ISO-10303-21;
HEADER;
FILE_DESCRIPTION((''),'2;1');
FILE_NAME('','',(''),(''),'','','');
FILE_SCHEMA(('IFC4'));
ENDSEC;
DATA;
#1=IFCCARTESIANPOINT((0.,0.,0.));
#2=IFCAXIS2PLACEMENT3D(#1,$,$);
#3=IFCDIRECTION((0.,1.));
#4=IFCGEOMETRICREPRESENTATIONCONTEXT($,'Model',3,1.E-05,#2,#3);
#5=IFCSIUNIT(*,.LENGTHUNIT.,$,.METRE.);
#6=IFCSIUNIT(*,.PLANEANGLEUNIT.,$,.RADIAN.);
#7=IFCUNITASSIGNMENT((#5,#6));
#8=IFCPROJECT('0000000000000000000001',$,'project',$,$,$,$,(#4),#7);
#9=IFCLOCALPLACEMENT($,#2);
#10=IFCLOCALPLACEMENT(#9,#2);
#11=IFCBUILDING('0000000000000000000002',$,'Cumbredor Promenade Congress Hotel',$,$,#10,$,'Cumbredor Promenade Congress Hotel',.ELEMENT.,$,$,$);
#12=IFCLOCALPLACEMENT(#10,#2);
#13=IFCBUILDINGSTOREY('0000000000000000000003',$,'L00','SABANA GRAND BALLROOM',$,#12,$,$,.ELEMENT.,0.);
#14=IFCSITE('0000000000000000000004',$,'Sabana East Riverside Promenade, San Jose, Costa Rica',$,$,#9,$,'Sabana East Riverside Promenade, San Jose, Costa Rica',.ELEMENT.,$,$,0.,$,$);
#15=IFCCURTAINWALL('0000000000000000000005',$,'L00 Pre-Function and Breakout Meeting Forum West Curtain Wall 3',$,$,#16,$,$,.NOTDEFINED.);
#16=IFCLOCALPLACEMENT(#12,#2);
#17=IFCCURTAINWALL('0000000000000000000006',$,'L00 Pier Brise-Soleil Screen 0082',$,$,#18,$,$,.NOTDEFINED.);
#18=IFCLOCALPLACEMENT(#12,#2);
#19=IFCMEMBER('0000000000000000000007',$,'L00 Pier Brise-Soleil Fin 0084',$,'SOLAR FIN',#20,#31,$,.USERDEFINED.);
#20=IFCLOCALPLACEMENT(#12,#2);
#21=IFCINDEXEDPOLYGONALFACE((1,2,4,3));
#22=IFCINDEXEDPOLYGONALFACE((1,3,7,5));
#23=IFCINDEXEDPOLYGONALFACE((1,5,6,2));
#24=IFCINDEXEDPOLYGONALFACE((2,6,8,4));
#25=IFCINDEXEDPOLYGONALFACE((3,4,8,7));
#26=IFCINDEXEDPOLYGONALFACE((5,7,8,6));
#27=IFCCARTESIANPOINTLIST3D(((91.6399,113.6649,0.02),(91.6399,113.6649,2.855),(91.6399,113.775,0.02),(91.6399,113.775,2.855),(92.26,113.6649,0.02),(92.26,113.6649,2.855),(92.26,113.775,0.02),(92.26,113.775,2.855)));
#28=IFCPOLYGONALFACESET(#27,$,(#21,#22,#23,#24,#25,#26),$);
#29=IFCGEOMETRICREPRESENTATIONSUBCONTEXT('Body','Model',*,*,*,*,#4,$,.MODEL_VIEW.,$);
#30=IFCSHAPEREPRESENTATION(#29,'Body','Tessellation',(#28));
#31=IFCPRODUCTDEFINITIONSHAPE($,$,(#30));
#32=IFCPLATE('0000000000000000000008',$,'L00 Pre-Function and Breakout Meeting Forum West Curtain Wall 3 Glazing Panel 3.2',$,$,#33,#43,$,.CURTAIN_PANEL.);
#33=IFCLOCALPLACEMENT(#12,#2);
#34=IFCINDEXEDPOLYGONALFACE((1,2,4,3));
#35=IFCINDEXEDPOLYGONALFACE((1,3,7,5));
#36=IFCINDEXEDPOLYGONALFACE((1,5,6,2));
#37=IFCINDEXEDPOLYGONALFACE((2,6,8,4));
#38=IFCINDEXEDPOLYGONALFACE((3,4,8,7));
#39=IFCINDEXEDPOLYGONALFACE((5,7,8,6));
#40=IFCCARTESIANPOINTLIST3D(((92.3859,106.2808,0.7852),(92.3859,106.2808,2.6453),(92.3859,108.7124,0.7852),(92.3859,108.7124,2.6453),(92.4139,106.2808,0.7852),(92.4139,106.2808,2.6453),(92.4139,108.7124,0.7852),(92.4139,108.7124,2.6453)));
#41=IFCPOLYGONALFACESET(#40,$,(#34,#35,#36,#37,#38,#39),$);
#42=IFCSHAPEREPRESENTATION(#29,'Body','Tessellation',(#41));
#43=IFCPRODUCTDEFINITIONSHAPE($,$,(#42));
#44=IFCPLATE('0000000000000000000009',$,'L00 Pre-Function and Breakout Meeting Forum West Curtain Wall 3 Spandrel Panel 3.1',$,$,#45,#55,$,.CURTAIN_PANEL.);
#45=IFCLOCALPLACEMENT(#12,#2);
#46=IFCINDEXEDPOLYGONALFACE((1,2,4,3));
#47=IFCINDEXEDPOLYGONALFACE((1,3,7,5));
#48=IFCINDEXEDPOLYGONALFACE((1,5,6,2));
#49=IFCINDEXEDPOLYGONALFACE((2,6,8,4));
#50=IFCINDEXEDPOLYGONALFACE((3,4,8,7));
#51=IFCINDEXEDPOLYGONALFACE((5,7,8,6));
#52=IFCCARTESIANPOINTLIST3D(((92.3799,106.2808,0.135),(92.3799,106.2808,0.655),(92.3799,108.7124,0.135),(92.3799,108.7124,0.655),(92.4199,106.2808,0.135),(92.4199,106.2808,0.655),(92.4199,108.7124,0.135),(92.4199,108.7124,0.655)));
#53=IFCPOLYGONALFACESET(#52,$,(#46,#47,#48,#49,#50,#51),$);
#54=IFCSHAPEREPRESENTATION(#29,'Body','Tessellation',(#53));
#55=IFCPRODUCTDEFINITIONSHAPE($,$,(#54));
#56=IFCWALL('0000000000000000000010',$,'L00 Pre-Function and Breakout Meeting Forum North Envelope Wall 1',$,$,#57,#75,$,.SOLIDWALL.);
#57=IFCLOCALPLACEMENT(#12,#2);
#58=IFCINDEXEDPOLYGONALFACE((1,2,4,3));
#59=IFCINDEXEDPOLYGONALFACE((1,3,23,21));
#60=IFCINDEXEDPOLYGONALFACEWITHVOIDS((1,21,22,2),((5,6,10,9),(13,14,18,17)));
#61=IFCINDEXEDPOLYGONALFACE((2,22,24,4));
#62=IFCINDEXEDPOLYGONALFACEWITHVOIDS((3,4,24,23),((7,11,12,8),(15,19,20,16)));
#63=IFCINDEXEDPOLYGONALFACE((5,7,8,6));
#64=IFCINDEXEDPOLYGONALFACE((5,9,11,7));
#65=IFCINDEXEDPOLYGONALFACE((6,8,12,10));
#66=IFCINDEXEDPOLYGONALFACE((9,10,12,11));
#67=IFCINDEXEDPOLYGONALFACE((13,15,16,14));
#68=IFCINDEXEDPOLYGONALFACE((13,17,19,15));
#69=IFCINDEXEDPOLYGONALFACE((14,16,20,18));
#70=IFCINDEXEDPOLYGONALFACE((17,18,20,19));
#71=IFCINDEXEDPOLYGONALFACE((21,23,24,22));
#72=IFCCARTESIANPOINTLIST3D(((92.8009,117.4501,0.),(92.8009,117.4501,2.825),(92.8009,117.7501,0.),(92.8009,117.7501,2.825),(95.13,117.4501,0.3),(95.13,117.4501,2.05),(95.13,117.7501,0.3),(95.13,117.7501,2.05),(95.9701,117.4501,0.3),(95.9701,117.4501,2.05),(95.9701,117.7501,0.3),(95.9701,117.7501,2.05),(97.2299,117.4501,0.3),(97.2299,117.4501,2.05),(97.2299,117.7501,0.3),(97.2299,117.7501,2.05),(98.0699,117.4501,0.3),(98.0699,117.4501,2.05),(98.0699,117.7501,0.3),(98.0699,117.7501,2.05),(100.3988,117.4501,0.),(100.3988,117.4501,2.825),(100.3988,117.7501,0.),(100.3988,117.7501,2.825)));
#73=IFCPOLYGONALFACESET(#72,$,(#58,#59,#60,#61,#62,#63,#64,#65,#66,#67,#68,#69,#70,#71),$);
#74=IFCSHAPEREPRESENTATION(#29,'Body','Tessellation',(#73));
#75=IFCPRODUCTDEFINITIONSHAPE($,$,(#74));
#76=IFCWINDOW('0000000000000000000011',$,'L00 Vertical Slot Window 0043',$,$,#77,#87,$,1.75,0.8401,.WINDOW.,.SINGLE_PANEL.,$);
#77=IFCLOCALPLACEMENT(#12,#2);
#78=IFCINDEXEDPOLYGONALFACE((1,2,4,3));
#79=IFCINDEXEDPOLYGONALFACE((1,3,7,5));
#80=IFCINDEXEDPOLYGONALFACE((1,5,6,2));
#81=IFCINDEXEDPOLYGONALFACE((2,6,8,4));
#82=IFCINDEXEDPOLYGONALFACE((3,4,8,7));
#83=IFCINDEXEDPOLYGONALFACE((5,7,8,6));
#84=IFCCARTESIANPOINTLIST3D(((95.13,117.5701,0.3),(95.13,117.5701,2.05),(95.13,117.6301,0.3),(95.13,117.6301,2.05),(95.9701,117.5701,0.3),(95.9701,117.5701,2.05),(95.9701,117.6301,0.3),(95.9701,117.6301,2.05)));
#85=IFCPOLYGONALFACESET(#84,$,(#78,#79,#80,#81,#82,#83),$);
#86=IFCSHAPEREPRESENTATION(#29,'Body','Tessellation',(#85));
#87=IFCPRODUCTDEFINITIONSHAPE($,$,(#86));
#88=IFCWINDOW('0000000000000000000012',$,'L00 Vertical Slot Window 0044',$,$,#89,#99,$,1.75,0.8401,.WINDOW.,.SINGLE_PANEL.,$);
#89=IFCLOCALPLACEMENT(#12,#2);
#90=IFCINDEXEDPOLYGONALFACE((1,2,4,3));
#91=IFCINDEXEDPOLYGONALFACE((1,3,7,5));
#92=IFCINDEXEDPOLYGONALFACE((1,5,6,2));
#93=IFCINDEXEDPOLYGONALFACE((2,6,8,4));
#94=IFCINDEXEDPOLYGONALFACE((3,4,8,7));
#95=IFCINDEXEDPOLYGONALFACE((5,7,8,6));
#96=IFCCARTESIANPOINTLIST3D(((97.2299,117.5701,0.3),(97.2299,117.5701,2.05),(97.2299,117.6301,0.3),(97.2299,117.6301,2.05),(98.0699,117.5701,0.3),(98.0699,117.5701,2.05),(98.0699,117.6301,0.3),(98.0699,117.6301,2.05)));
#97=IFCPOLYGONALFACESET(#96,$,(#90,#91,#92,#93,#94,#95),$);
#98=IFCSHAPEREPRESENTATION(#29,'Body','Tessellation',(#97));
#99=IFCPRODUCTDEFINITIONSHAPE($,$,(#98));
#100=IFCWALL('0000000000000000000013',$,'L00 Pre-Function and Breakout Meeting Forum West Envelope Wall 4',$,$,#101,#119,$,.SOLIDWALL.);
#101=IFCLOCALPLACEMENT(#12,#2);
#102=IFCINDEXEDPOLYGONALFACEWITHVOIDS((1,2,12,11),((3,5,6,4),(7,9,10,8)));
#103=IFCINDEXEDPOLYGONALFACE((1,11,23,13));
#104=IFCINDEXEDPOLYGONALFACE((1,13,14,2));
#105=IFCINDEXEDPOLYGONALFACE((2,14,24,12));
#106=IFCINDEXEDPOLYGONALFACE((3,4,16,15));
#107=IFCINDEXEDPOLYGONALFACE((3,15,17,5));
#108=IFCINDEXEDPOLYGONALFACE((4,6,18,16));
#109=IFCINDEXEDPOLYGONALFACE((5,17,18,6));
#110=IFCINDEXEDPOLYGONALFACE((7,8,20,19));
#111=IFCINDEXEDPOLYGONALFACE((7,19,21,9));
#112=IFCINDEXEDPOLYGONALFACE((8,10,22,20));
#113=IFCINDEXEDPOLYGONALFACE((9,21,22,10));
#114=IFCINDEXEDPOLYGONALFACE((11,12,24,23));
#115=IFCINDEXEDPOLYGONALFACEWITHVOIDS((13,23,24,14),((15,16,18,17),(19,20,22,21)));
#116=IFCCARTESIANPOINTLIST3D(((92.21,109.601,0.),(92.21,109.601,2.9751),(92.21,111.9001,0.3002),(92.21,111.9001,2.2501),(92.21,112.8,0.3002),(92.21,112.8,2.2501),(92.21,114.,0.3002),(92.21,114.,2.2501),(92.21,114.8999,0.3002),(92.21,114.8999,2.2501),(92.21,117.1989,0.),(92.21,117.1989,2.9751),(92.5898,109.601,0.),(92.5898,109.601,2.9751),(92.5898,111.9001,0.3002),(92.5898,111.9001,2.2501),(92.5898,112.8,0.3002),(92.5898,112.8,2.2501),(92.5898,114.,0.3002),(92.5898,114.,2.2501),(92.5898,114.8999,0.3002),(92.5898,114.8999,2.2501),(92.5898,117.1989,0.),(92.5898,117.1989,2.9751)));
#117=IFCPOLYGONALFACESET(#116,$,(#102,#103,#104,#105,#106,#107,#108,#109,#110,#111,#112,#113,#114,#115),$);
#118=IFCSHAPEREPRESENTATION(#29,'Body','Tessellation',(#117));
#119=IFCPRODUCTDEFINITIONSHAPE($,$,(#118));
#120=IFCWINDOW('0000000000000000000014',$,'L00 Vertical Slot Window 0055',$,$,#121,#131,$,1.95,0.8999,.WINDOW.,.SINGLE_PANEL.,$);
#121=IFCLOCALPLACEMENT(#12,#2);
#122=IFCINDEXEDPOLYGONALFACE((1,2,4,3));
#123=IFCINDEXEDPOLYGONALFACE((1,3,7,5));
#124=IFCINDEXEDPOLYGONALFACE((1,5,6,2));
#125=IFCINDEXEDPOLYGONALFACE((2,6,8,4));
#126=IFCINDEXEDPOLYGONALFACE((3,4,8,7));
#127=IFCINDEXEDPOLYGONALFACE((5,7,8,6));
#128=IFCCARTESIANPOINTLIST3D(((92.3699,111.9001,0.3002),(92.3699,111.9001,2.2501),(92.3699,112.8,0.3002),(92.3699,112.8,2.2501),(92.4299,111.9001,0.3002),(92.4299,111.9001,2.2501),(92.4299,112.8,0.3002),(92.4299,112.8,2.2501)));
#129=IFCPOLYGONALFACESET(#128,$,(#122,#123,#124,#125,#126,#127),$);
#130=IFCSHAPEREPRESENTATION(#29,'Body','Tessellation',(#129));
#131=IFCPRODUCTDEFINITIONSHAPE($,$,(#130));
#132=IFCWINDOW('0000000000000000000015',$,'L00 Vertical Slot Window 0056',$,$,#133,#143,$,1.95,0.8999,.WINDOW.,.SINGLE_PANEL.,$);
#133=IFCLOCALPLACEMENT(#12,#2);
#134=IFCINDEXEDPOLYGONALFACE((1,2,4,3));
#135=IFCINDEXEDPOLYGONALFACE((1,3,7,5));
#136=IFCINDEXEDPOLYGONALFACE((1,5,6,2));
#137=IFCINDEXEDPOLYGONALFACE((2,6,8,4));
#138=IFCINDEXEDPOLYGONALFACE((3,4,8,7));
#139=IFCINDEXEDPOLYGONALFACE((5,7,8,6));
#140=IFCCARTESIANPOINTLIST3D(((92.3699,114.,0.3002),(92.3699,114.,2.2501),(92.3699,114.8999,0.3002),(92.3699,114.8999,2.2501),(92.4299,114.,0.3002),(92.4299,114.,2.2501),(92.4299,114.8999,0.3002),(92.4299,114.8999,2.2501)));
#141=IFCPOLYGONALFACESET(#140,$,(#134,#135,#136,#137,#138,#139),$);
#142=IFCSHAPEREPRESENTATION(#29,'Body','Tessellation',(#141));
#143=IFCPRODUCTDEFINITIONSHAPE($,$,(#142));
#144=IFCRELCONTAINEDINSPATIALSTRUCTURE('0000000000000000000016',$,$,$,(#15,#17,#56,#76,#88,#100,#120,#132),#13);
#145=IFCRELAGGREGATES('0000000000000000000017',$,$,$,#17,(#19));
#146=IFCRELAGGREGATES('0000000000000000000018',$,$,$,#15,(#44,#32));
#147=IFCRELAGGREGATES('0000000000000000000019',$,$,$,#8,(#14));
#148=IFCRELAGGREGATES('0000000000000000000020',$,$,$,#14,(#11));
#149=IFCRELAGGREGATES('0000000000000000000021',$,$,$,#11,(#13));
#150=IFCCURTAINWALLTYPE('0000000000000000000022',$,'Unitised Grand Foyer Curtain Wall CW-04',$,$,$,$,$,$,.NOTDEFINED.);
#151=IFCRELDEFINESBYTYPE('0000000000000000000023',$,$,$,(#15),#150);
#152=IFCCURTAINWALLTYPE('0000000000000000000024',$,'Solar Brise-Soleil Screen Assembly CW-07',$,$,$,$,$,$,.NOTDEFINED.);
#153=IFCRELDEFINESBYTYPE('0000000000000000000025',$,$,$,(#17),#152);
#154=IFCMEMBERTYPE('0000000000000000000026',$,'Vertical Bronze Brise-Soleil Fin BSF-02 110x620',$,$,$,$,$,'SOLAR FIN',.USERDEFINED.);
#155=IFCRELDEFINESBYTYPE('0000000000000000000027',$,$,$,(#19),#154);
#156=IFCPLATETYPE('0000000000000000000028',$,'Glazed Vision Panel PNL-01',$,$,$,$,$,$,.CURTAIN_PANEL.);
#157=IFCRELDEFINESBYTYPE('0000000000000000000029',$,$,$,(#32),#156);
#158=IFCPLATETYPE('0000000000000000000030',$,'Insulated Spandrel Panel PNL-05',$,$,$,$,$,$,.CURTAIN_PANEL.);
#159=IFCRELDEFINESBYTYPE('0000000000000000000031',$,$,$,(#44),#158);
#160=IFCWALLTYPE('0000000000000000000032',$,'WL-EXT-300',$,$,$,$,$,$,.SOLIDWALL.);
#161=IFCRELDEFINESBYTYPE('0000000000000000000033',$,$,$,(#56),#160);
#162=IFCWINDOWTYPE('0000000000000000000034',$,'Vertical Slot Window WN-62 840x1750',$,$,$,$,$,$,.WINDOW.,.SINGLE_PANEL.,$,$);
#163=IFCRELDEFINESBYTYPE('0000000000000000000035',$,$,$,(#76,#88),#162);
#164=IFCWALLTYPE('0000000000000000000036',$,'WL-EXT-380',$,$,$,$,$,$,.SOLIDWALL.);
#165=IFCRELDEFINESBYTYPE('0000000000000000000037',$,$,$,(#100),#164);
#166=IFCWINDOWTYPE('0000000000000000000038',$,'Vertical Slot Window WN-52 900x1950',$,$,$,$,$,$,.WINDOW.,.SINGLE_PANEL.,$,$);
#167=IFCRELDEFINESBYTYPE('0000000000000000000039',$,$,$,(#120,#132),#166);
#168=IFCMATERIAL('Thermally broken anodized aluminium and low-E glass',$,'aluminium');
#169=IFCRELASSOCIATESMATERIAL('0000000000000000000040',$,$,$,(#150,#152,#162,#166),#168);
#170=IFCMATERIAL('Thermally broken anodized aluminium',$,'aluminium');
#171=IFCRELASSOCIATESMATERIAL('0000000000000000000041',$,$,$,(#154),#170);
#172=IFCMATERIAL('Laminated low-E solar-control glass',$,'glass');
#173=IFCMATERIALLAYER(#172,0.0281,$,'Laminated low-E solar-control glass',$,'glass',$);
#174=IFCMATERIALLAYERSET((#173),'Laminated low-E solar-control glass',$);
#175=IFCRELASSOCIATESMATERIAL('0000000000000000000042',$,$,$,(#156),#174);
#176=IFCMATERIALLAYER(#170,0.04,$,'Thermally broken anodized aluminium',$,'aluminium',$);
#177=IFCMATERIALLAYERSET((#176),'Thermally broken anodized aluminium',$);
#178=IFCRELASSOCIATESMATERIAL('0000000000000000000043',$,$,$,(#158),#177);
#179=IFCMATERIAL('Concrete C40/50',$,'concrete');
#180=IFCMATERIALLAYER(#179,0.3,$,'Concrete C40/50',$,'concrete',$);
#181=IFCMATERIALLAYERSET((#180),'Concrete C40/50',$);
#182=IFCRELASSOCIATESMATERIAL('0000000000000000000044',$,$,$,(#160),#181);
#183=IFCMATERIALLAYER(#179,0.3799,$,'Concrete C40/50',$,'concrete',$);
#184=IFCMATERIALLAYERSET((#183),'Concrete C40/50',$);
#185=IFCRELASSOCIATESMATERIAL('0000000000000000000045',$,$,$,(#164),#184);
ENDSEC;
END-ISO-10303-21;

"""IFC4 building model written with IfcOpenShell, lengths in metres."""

from ifc_helpers import new_model, si_unit, direction, frame, frame_2d, origin, origin_2d, place, context, subcontext, project, spatial, rectangle, extrude, material, layer, layer_set, material_profile, profile_set, type_object, element, fill, aggregate, save


model = new_model("IFC4")

# Units and contexts
model_context = context("Model", 3, precision=1e-05, world=origin(), true_north=direction((0.0, 1.0)))
body_context = subcontext(model_context, "Body", "Model", "MODEL_VIEW")
ifc_project = project(units=[si_unit("LENGTHUNIT", "METRE"), si_unit("PLANEANGLEUNIT", "RADIAN")], contexts=[model_context])

# Site, building, storey
site_placement = place(None, origin())
site = spatial("IfcSite", under=ifc_project, at=site_placement, Name="Sabana East Riverside Promenade, San Jose, Costa Rica", LongName="Sabana East Riverside Promenade, San Jose, Costa Rica", CompositionType="ELEMENT", RefElevation=0.0)
building_placement = place(site_placement, origin())
building = spatial("IfcBuilding", under=site, at=building_placement, Name="Cumbredor Promenade Congress Hotel", LongName="Cumbredor Promenade Congress Hotel", CompositionType="ELEMENT")
storey_placement = place(building_placement, origin())
storey = spatial("IfcBuildingStorey", under=building, at=storey_placement, Name="L00", Description="SABANA GRAND BALLROOM", CompositionType="ELEMENT", Elevation=0.0)

# Shared definitions
ifc_material_1 = material(Name="Concrete C40/50", Category="concrete")

# Curtain wall
ifc_material_2 = material(Name="Thermally broken anodized aluminium and low-E glass", Category="aluminium")
curtain_wall_type_1 = type_object("IfcCurtainWallType", Name="Unitised Grand Foyer Curtain Wall CW-04", PredefinedType="NOTDEFINED", material=ifc_material_2)
curtain_wall_1_placement = place(storey_placement, origin())
curtain_wall_1 = element("IfcCurtainWall", 1, at=curtain_wall_1_placement, inside=storey, type_object=curtain_wall_type_1, Name="L00 Pre-Function and Breakout Meeting Forum West Curtain Wall 3", PredefinedType="NOTDEFINED")
ifc_material_3 = material(Name="Thermally broken anodized aluminium", Category="aluminium")

# Curtain wall
curtain_wall_type_2 = type_object("IfcCurtainWallType", Name="Solar Brise-Soleil Screen Assembly CW-07", PredefinedType="NOTDEFINED", material=ifc_material_2)
curtain_wall_2_placement = place(storey_placement, origin())
curtain_wall_2 = element("IfcCurtainWall", 2, at=curtain_wall_2_placement, inside=storey, type_object=curtain_wall_type_2, Name="L00 Pier Brise-Soleil Screen 0082", PredefinedType="NOTDEFINED")

# Member
ifc_material_profile_1 = material_profile(ifc_material_3, rectangle(XDim=0.1101, YDim=0.6201, at=origin_2d()), Name="ARCH FIN 110x620")
ifc_profile_set_1 = profile_set([ifc_material_profile_1], Name="Thermally broken anodized aluminium")
member_type_1 = type_object("IfcMemberType", Name="Vertical Bronze Brise-Soleil Fin BSF-02 110x620", ElementType="SOLAR FIN", PredefinedType="USERDEFINED", material=ifc_profile_set_1)
member_1_placement = place(storey_placement, frame((91.95, 113.72, 0.02), z_axis=(0.0, 0.0, 1.0), x_axis=(0.0, 1.0, 0.0)))
member_1 = element("IfcMember", 3, at=member_1_placement, type_object=member_type_1, Name="L00 Pier Brise-Soleil Fin 0084", ObjectType="SOLAR FIN", PredefinedType="USERDEFINED", context=body_context, shape_type="SweptSolid", body=[
    extrude(rectangle(XDim=0.1101, YDim=0.6201, at=origin_2d()), origin(), (0.0, 0.0, 1.0), 2.835),
])
aggregate(curtain_wall_2, [member_1])

# Plates
ifc_material_4 = material(Name="Laminated low-E solar-control glass", Category="glass")
ifc_layer_1 = layer(ifc_material_4, 0.0281, Name="Laminated low-E solar-control glass", Category="glass")
ifc_layer_set_1 = layer_set([ifc_layer_1], Name="Laminated low-E solar-control glass")
plate_type_1 = type_object("IfcPlateType", Name="Glazed Vision Panel PNL-01", PredefinedType="CURTAIN_PANEL", material=ifc_layer_set_1)
plate_1_placement = place(storey_placement, frame((92.3999, 107.4966, 0.7852), z_axis=(0.0, 0.0, 1.0), x_axis=(0.0, 1.0, 0.0)))
plate_1 = element("IfcPlate", 4, at=plate_1_placement, type_object=plate_type_1, Name="L00 Pre-Function and Breakout Meeting Forum West Curtain Wall 3 Glazing Panel 3.2", PredefinedType="CURTAIN_PANEL", context=body_context, shape_type="SweptSolid", body=[
    extrude(rectangle(XDim=2.4316, YDim=0.0281, at=origin_2d()), origin(), (0.0, 0.0, 1.0), 1.8601),
])
ifc_layer_2 = layer(ifc_material_3, 0.04, Name="Thermally broken anodized aluminium", Category="aluminium")
ifc_layer_set_2 = layer_set([ifc_layer_2], Name="Thermally broken anodized aluminium")
plate_type_2 = type_object("IfcPlateType", Name="Insulated Spandrel Panel PNL-05", PredefinedType="CURTAIN_PANEL", material=ifc_layer_set_2)
plate_2_placement = place(storey_placement, frame((92.3999, 107.4966, 0.135), z_axis=(0.0, 0.0, 1.0), x_axis=(0.0, 1.0, 0.0)))
plate_2 = element("IfcPlate", 5, at=plate_2_placement, type_object=plate_type_2, Name="L00 Pre-Function and Breakout Meeting Forum West Curtain Wall 3 Spandrel Panel 3.1", PredefinedType="CURTAIN_PANEL", context=body_context, shape_type="SweptSolid", body=[
    extrude(rectangle(XDim=2.4316, YDim=0.04, at=origin_2d()), origin(), (0.0, 0.0, 1.0), 0.52),
])
aggregate(curtain_wall_1, [plate_2, plate_1])

# Walls, openings, windows
ifc_layer_3 = layer(ifc_material_1, 0.3, Name="Concrete C40/50", Category="concrete")
ifc_layer_set_3 = layer_set([ifc_layer_3], Name="Concrete C40/50")
wall_type_1 = type_object("IfcWallType", Name="WL-EXT-300", PredefinedType="SOLIDWALL", material=ifc_layer_set_3)
wall_1_placement = place(storey_placement, frame((92.801, 117.6001, 0.0), z_axis=(0.0, 0.0, 1.0), x_axis=(1.0, 0.0, 0.0)))
wall_1 = element("IfcWall", 6, at=wall_1_placement, inside=storey, type_object=wall_type_1, Name="L00 Pre-Function and Breakout Meeting Forum North Envelope Wall 1", PredefinedType="SOLIDWALL", context=body_context, shape_type="SweptSolid", body=[
    extrude(rectangle(XDim=7.5979, YDim=0.3, at=frame_2d((3.7988, 0.0))), origin(), (0.0, 0.0, 1.0), 2.825),
])
opening_1_placement = place(wall_1_placement, frame((2.3291, 0.0, 0.3)))
opening_1 = element("IfcOpeningElement", 7, at=opening_1_placement, cuts=wall_1, PredefinedType="OPENING", context=body_context, shape_type="SweptSolid", body=[
    extrude(rectangle(XDim=0.8401, YDim=1.75, at=frame_2d((0.4199, 0.875))), frame((0.0, 0.1602, 0.0), z_axis=(0.0, -1.0, 0.0), x_axis=(1.0, 0.0, 0.0)), (0.0, 0.0, 1.0), 0.3201),
])
opening_2_placement = place(wall_1_placement, frame((4.429, 0.0, 0.3)))
opening_2 = element("IfcOpeningElement", 8, at=opening_2_placement, cuts=wall_1, PredefinedType="OPENING", context=body_context, shape_type="SweptSolid", body=[
    extrude(rectangle(XDim=0.8401, YDim=1.75, at=frame_2d((0.4199, 0.875))), frame((0.0, 0.1602, 0.0), z_axis=(0.0, -1.0, 0.0), x_axis=(1.0, 0.0, 0.0)), (0.0, 0.0, 1.0), 0.3201),
])
window_type_1 = type_object("IfcWindowType", Name="Vertical Slot Window WN-62 840x1750", PartitioningType="SINGLE_PANEL", PredefinedType="WINDOW", material=ifc_material_2)
window_1_placement = place(opening_1_placement, origin())
window_1 = element("IfcWindow", 9, at=window_1_placement, inside=storey, type_object=window_type_1, Name="L00 Vertical Slot Window 0043", OverallHeight=1.75, OverallWidth=0.8401, PartitioningType="SINGLE_PANEL", PredefinedType="WINDOW", context=body_context, shape_type="SweptSolid", body=[
    extrude(rectangle(XDim=0.8401, YDim=1.75, at=frame_2d((0.4199, 0.875))), frame((0.0, 0.03, 0.0), z_axis=(0.0, -1.0, 0.0), x_axis=(1.0, 0.0, 0.0)), (0.0, 0.0, 1.0), 0.0601),
])
fill(opening_1, window_1)
window_2_placement = place(opening_2_placement, origin())
window_2 = element("IfcWindow", 10, at=window_2_placement, inside=storey, type_object=window_type_1, Name="L00 Vertical Slot Window 0044", OverallHeight=1.75, OverallWidth=0.8401, PartitioningType="SINGLE_PANEL", PredefinedType="WINDOW", context=body_context, shape_type="SweptSolid", body=[
    extrude(rectangle(XDim=0.8401, YDim=1.75, at=frame_2d((0.4199, 0.875))), frame((0.0, 0.03, 0.0), z_axis=(0.0, -1.0, 0.0), x_axis=(1.0, 0.0, 0.0)), (0.0, 0.0, 1.0), 0.0601),
])
fill(opening_2, window_2)
ifc_layer_4 = layer(ifc_material_1, 0.3799, Name="Concrete C40/50", Category="concrete")
ifc_layer_set_4 = layer_set([ifc_layer_4], Name="Concrete C40/50")
wall_type_2 = type_object("IfcWallType", Name="WL-EXT-380", PredefinedType="SOLIDWALL", material=ifc_layer_set_4)
wall_2_placement = place(storey_placement, frame((92.3999, 109.6011, 0.0), z_axis=(0.0, 0.0, 1.0), x_axis=(0.0, 1.0, 0.0)))
wall_2 = element("IfcWall", 11, at=wall_2_placement, inside=storey, type_object=wall_type_2, Name="L00 Pre-Function and Breakout Meeting Forum West Envelope Wall 4", PredefinedType="SOLIDWALL", context=body_context, shape_type="SweptSolid", body=[
    extrude(rectangle(XDim=7.5979, YDim=0.3799, at=frame_2d((3.7988, 0.0))), origin(), (0.0, 0.0, 1.0), 2.9751),
])
opening_3_placement = place(wall_2_placement, frame((2.2991, 0.0, 0.3)))
opening_3 = element("IfcOpeningElement", 12, at=opening_3_placement, cuts=wall_2, PredefinedType="OPENING", context=body_context, shape_type="SweptSolid", body=[
    extrude(rectangle(XDim=0.8999, YDim=1.95, at=frame_2d((0.45, 0.9751))), frame((0.0, 0.2, 0.0), z_axis=(0.0, -1.0, 0.0), x_axis=(1.0, 0.0, 0.0)), (0.0, 0.0, 1.0), 0.3999),
])
opening_4_placement = place(wall_2_placement, frame((4.3989, 0.0, 0.3)))
opening_4 = element("IfcOpeningElement", 13, at=opening_4_placement, cuts=wall_2, PredefinedType="OPENING", context=body_context, shape_type="SweptSolid", body=[
    extrude(rectangle(XDim=0.8999, YDim=1.95, at=frame_2d((0.45, 0.9751))), frame((0.0, 0.2, 0.0), z_axis=(0.0, -1.0, 0.0), x_axis=(1.0, 0.0, 0.0)), (0.0, 0.0, 1.0), 0.3999),
])
window_type_2 = type_object("IfcWindowType", Name="Vertical Slot Window WN-52 900x1950", PartitioningType="SINGLE_PANEL", PredefinedType="WINDOW", material=ifc_material_2)
window_3_placement = place(opening_3_placement, origin())
window_3 = element("IfcWindow", 14, at=window_3_placement, inside=storey, type_object=window_type_2, Name="L00 Vertical Slot Window 0055", OverallHeight=1.95, OverallWidth=0.8999, PartitioningType="SINGLE_PANEL", PredefinedType="WINDOW", context=body_context, shape_type="SweptSolid", body=[
    extrude(rectangle(XDim=0.8999, YDim=1.95, at=frame_2d((0.45, 0.9751))), frame((0.0, 0.03, 0.0), z_axis=(0.0, -1.0, 0.0), x_axis=(1.0, 0.0, 0.0)), (0.0, 0.0, 1.0), 0.0601),
])
fill(opening_3, window_3)
window_4_placement = place(opening_4_placement, origin())
window_4 = element("IfcWindow", 15, at=window_4_placement, inside=storey, type_object=window_type_2, Name="L00 Vertical Slot Window 0056", OverallHeight=1.95, OverallWidth=0.8999, PartitioningType="SINGLE_PANEL", PredefinedType="WINDOW", context=body_context, shape_type="SweptSolid", body=[
    extrude(rectangle(XDim=0.8999, YDim=1.95, at=frame_2d((0.45, 0.9751))), frame((0.0, 0.03, 0.0), z_axis=(0.0, -1.0, 0.0), x_axis=(1.0, 0.0, 0.0)), (0.0, 0.0, 1.0), 0.0601),
])
fill(opening_4, window_4)

save(model, "model.ifc")
